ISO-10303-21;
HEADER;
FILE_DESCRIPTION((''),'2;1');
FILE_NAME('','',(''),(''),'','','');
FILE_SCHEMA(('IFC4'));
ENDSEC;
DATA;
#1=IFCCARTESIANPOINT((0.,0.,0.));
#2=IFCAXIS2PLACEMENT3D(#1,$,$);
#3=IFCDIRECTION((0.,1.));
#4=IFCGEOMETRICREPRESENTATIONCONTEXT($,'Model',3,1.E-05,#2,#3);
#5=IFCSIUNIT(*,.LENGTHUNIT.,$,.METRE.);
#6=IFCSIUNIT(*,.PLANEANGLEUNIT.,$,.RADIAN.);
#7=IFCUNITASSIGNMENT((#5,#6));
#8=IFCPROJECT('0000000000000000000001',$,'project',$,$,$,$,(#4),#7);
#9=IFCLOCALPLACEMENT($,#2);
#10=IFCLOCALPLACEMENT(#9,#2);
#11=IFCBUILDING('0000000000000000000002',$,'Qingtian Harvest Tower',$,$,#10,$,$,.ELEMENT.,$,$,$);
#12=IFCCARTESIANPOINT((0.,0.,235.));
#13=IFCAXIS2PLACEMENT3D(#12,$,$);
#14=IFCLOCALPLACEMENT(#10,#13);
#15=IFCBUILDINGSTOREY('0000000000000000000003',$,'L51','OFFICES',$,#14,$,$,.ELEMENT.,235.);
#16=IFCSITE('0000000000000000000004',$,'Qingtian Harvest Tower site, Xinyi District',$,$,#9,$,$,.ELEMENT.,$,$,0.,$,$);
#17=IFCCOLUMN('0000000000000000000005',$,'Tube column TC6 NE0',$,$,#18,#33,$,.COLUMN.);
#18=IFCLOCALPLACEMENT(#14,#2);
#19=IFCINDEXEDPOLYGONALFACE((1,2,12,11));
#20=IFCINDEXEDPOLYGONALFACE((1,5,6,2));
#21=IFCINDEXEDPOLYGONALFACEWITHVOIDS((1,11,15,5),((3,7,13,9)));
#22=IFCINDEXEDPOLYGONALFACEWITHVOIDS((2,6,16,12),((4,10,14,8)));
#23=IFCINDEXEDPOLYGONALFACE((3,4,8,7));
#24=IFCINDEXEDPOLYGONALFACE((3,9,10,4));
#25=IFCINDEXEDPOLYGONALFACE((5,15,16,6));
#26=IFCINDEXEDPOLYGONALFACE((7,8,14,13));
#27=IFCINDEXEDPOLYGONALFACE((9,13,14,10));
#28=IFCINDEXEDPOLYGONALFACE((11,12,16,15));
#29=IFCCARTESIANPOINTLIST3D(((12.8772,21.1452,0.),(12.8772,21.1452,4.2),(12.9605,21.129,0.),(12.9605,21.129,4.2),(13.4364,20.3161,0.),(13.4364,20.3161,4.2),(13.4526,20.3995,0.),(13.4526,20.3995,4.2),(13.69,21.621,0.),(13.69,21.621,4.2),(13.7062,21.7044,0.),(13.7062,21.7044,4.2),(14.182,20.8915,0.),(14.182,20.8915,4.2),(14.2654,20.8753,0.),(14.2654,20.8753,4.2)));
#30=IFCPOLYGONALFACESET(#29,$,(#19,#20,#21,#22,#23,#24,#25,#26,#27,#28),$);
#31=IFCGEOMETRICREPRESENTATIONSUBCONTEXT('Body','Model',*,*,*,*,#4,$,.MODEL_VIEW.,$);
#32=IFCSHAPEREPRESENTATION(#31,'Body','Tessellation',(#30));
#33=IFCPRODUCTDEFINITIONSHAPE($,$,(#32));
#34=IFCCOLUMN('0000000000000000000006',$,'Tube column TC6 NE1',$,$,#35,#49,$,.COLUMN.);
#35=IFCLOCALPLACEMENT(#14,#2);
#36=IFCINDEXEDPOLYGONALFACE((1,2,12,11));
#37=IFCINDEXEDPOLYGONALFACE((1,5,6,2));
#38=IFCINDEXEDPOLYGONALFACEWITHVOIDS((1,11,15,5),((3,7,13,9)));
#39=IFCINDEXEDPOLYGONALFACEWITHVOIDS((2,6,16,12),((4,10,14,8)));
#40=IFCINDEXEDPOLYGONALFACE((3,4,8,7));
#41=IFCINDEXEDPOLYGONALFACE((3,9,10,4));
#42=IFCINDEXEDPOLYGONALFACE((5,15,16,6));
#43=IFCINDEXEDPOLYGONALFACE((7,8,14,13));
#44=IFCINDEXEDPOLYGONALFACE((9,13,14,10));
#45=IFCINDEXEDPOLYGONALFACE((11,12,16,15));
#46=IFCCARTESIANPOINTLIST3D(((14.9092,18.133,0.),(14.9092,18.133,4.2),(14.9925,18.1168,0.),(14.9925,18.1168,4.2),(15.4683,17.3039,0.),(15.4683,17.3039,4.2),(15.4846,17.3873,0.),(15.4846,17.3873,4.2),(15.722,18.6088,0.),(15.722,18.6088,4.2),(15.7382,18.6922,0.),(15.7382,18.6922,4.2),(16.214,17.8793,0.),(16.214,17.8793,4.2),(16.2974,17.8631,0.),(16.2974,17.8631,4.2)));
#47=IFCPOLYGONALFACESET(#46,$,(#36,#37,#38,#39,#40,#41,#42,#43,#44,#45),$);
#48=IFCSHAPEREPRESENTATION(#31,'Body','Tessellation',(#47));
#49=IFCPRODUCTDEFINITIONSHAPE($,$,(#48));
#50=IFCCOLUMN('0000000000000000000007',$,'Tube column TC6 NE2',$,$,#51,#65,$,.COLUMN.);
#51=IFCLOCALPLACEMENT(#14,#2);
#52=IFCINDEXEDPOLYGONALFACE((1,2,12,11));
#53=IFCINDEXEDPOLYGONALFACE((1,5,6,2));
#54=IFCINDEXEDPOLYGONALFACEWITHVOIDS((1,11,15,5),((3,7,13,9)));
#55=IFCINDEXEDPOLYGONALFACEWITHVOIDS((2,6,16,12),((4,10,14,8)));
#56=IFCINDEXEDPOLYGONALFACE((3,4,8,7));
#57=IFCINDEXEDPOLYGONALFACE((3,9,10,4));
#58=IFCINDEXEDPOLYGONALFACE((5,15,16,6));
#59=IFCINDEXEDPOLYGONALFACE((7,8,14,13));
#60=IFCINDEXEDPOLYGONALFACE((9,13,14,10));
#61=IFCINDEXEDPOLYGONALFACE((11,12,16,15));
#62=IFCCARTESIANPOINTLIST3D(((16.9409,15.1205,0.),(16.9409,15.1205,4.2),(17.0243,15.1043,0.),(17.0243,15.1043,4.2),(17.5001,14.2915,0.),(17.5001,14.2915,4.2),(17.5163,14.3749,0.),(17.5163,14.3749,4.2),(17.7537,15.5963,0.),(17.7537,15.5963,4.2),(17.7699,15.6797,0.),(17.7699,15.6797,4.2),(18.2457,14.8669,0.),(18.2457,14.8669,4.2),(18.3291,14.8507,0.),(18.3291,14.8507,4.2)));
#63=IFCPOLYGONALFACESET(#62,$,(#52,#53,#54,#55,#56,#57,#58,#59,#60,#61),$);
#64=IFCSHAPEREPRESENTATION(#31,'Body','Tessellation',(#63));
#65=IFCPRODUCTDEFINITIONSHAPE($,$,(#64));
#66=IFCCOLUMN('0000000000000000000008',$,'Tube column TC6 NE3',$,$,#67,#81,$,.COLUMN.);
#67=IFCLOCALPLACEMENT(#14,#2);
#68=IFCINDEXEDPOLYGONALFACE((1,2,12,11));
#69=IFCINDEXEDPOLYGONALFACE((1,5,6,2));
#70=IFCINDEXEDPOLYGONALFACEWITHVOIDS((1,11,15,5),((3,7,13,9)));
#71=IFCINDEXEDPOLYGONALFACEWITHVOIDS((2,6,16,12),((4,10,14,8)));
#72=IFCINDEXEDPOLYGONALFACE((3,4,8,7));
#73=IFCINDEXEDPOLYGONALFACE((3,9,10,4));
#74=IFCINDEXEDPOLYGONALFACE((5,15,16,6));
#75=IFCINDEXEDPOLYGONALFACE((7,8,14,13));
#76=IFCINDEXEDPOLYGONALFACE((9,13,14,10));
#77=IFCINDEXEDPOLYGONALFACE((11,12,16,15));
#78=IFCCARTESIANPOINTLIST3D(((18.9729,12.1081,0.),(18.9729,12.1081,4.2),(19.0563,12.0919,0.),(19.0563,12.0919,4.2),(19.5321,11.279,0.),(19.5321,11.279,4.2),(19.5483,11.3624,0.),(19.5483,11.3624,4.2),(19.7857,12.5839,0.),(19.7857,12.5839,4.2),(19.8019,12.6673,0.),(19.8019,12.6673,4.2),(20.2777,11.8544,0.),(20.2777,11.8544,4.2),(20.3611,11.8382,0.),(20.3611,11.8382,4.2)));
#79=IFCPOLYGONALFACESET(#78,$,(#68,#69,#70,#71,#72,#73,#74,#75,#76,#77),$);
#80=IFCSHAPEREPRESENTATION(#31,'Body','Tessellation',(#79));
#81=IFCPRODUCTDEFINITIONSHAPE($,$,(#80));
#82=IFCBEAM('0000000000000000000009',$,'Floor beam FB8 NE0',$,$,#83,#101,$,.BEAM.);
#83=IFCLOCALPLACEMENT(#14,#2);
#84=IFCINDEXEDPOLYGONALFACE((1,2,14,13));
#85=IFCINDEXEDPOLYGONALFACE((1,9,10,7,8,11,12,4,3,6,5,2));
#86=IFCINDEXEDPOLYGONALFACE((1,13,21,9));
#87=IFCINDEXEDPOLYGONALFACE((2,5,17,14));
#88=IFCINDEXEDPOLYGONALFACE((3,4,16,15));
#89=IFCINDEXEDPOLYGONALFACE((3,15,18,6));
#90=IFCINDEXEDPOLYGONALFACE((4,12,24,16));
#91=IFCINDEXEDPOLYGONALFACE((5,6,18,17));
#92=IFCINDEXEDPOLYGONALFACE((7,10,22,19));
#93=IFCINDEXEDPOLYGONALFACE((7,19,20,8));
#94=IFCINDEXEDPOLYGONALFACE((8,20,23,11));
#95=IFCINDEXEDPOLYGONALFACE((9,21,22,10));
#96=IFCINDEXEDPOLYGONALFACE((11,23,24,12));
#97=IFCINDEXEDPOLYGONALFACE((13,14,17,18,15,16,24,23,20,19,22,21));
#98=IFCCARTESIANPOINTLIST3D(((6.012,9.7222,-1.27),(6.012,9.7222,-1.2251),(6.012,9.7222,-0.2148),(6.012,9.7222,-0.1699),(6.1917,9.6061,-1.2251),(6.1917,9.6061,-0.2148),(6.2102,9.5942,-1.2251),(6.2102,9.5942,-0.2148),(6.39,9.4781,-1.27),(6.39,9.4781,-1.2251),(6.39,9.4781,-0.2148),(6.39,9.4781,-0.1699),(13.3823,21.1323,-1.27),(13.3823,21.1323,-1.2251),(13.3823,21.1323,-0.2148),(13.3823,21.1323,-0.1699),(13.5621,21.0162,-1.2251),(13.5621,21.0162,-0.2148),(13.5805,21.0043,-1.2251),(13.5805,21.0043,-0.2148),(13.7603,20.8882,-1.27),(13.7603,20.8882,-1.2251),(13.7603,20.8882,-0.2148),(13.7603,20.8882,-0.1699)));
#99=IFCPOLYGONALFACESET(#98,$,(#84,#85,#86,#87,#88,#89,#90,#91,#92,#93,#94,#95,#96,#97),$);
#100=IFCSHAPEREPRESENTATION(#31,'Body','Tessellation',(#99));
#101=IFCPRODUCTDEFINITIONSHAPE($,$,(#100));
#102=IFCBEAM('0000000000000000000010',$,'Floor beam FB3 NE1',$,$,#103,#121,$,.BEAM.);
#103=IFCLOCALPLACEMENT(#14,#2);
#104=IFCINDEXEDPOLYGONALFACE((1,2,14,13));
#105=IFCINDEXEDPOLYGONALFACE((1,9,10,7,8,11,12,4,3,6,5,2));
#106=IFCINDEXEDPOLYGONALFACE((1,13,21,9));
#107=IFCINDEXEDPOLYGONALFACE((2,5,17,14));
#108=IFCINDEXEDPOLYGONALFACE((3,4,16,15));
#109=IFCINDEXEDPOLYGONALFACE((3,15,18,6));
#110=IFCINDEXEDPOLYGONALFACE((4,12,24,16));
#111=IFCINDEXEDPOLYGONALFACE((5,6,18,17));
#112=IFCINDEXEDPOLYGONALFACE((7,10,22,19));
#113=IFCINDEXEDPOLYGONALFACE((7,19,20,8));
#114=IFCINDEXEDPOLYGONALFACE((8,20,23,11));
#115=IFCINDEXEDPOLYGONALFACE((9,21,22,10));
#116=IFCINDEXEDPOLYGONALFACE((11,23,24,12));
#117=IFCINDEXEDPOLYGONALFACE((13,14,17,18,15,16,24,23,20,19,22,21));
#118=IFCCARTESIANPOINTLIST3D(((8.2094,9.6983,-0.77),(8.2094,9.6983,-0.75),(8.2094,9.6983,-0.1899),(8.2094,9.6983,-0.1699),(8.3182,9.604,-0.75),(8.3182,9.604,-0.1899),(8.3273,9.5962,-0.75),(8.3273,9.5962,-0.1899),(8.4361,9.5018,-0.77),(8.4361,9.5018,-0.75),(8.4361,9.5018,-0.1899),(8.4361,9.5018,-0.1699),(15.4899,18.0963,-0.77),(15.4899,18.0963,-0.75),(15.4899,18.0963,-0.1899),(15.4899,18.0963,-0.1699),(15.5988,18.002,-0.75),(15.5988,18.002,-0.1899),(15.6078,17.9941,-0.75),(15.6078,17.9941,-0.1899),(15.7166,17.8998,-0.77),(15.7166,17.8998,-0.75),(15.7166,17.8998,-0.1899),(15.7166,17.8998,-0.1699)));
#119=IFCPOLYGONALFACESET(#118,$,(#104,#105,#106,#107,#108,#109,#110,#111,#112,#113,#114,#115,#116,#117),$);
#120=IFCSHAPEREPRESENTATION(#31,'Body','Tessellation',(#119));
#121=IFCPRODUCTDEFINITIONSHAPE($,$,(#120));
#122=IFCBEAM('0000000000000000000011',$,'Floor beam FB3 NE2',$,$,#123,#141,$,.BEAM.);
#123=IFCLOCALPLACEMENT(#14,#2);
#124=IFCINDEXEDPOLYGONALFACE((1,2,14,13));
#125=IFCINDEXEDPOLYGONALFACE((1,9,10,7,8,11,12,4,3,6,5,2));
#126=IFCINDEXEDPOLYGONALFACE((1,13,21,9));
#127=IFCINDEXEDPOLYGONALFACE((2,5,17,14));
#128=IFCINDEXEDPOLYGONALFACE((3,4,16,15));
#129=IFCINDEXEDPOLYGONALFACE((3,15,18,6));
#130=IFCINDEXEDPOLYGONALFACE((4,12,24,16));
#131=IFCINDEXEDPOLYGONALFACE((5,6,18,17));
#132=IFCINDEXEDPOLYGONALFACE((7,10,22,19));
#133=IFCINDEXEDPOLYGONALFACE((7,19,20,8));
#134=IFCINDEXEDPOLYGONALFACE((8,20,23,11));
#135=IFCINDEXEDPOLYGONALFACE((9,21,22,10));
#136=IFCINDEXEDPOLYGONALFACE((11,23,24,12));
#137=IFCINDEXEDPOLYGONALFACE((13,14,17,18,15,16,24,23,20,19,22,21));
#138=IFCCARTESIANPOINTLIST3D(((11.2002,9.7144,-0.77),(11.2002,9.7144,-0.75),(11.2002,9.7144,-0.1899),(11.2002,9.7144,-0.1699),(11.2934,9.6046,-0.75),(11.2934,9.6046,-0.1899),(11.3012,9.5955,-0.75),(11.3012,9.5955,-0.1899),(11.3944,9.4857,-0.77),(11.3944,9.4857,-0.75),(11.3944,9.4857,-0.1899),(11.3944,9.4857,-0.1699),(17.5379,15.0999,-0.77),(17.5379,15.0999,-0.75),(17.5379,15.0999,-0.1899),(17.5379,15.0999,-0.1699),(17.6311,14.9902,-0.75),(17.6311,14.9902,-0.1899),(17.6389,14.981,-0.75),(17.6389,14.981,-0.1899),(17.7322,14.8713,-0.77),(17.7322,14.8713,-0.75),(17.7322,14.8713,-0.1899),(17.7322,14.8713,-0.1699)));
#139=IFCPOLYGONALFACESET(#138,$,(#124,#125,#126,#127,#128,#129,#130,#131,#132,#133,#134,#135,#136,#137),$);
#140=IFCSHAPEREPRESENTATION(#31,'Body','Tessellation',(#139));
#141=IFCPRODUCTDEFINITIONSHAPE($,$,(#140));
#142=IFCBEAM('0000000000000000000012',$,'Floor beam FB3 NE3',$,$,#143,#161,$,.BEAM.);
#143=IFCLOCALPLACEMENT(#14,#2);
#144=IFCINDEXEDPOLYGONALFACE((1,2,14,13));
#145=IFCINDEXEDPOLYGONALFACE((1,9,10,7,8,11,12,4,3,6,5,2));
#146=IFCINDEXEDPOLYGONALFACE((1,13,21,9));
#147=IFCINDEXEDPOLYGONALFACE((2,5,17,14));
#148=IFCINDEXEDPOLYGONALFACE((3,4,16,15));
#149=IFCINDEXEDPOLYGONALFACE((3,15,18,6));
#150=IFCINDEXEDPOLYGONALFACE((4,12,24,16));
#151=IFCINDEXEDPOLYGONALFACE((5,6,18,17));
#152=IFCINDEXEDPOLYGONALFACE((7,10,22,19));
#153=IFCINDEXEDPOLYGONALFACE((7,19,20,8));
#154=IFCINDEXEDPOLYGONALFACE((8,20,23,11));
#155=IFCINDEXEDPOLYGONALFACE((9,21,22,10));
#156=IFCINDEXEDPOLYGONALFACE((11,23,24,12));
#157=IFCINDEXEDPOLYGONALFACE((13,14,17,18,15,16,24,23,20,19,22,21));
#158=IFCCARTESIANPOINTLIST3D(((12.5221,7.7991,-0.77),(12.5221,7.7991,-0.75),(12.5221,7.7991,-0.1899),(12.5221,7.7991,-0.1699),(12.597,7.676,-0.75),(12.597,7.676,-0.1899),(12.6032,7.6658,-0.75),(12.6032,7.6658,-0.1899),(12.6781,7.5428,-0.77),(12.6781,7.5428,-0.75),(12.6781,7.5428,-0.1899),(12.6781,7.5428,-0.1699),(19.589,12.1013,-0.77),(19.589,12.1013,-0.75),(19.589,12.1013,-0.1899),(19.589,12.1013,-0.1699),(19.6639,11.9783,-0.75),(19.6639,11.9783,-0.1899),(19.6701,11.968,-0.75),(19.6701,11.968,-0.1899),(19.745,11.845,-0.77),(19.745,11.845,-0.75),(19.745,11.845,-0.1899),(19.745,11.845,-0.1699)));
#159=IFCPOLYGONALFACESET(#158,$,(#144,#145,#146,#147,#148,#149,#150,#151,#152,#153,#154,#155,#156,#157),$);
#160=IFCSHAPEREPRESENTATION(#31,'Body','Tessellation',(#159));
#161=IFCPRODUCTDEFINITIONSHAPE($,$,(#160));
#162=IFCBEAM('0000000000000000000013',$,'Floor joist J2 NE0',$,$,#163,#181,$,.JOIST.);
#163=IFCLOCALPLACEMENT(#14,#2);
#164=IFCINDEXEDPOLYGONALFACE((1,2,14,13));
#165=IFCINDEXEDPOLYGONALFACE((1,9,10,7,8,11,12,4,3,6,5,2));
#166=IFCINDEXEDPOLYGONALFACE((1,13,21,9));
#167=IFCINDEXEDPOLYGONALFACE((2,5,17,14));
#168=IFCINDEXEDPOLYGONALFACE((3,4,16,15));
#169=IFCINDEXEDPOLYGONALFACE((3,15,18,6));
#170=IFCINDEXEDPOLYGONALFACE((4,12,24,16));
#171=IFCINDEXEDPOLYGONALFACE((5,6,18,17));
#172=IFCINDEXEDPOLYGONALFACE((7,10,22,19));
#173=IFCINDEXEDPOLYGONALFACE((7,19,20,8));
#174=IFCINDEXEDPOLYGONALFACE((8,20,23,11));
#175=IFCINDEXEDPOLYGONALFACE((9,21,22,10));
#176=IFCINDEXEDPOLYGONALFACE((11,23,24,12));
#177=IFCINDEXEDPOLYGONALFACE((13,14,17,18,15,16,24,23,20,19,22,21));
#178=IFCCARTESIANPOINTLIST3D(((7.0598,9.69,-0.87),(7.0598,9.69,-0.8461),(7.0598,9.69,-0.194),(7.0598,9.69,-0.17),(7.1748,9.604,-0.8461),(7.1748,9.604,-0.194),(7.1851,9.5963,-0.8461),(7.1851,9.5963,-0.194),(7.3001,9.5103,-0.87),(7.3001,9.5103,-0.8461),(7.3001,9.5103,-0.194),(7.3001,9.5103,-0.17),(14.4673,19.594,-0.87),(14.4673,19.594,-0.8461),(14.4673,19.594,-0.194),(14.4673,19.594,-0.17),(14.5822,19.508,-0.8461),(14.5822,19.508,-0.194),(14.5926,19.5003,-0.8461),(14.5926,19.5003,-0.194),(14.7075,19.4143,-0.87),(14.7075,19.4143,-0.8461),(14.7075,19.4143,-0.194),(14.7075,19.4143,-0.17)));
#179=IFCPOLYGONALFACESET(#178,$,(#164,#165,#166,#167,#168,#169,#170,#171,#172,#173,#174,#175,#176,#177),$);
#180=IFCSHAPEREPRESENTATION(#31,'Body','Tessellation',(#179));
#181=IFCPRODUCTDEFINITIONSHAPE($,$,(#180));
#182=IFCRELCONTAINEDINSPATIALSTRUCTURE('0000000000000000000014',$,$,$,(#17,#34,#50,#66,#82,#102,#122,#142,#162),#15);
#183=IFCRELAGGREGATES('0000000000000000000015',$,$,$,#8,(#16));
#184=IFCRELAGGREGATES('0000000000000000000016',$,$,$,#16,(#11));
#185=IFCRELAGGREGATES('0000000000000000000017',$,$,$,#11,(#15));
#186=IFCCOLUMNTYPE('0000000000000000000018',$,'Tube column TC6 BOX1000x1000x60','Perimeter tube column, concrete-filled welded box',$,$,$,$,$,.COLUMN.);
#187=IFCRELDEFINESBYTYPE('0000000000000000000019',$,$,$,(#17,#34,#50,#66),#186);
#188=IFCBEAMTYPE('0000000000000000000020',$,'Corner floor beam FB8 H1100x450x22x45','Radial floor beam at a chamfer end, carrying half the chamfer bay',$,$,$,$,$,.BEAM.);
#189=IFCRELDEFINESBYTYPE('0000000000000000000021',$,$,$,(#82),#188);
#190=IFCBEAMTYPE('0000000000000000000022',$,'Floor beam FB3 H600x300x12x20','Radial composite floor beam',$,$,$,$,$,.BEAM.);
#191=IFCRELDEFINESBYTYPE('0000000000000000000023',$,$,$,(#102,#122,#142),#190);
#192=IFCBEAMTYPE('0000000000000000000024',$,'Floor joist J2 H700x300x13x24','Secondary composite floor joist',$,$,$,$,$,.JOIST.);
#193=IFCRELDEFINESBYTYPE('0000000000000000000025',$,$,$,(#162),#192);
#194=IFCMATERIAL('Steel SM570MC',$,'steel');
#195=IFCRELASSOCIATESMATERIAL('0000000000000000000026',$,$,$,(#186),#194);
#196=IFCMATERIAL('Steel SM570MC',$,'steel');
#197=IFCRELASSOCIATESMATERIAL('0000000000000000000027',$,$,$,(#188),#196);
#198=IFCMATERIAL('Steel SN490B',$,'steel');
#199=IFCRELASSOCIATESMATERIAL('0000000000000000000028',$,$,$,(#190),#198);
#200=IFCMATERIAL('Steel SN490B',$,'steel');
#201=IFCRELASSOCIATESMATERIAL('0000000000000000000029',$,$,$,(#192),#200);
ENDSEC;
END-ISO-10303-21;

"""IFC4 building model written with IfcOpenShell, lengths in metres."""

from ifc_helpers import new_model, si_unit, direction, frame, origin, origin_2d, place, context, subcontext, project, spatial, hollow_rectangle, i_section, extrude, material, material_profile, profile_set, type_object, element, save


model = new_model("IFC4")

# Units and contexts
model_context = context("Model", 3, precision=1e-05, world=origin(), true_north=direction((0.0, 1.0)))
body_context = subcontext(model_context, "Body", "Model", "MODEL_VIEW")
ifc_project = project(units=[si_unit("LENGTHUNIT", "METRE"), si_unit("PLANEANGLEUNIT", "RADIAN")], contexts=[model_context])

# Site, building, storey
site_placement = place(None, origin())
site = spatial("IfcSite", under=ifc_project, at=site_placement, Name="Qingtian Harvest Tower site, Xinyi District", CompositionType="ELEMENT", RefElevation=0.0)
building_placement = place(site_placement, origin())
building = spatial("IfcBuilding", under=site, at=building_placement, Name="Qingtian Harvest Tower", CompositionType="ELEMENT")
storey_placement = place(building_placement, frame((0.0, 0.0, 235.0)))
storey = spatial("IfcBuildingStorey", under=building, at=storey_placement, Name="L51", Description="OFFICES", CompositionType="ELEMENT", Elevation=235.0)

# Columns
ifc_material_1 = material(Name="Steel SM570MC", Category="steel")
ifc_material_profile_1 = material_profile(ifc_material_1, hollow_rectangle(XDim=1.0, YDim=1.0, WallThickness=0.0601, at=origin_2d()), Name="BOX1000x1000x60")
ifc_profile_set_1 = profile_set([ifc_material_profile_1], Name="Steel SM570MC")
column_type = type_object("IfcColumnType", Name="Tube column TC6 BOX1000x1000x60", Description="Perimeter tube column, concrete-filled welded box", PredefinedType="COLUMN", material=ifc_profile_set_1)
for number, where, z_axis, x_axis, name in (
    (1, (13.5713, 21.0103, 0.0), (0.0, 0.0, 1.0), (-0.559193, 0.829038, 0.0), "Tube column TC6 NE0"),
    (2, (15.6033, 17.998, 0.0), (0.0, 0.0, 1.0), (-0.559193, 0.829038, 0.0), "Tube column TC6 NE1"),
    (3, (17.635, 14.9856, 0.0), (0.0, 0.0, 1.0), (-0.559193, 0.829038, 0.0), "Tube column TC6 NE2"),
    (4, (19.667, 11.9731, 0.0), (0.0, 0.0, 1.0), (-0.559193, 0.829038, 0.0), "Tube column TC6 NE3"),
):
    element("IfcColumn", number, at=place(storey_placement, frame(where, z_axis=z_axis, x_axis=x_axis)), inside=storey, type_object=column_type, Name=name, PredefinedType="COLUMN", context=body_context, shape_type="SweptSolid", body=[
        extrude(hollow_rectangle(XDim=1.0, YDim=1.0, WallThickness=0.0601, at=origin_2d()), origin(), (0.0, 0.0, 1.0), 4.2),
    ])

# Beams
ifc_material_2 = material(Name="Steel SM570MC", Category="steel")
ifc_material_profile_2 = material_profile(ifc_material_2, i_section(OverallWidth=0.45, OverallDepth=1.1001, WebThickness=0.022, FlangeThickness=0.0449, at=origin_2d()), Name="H1100x450x22x45")
ifc_profile_set_2 = profile_set([ifc_material_profile_2], Name="Steel SM570MC")
beam_type_1 = type_object("IfcBeamType", Name="Corner floor beam FB8 H1100x450x22x45", Description="Radial floor beam at a chamfer end, carrying half the chamfer bay", PredefinedType="BEAM", material=ifc_profile_set_2)
beam_1_placement = place(storey_placement, frame((13.5713, 21.0103, -0.72), z_axis=(-0.542593, -0.839996, 0.0), x_axis=(0.839996, -0.542593, 0.0)))
element("IfcBeam", 5, at=beam_1_placement, inside=storey, type_object=beam_type_1, Name="Floor beam FB8 NE0", PredefinedType="BEAM", context=body_context, shape_type="SweptSolid", body=[
    extrude(i_section(OverallWidth=0.45, OverallDepth=1.1001, WebThickness=0.022, FlangeThickness=0.0449, at=origin_2d()), origin(), (0.0, 0.0, 1.0), 13.5835),
])
ifc_material_3 = material(Name="Steel SN490B", Category="steel")
ifc_material_profile_3 = material_profile(ifc_material_3, i_section(OverallWidth=0.3, OverallDepth=0.6001, WebThickness=0.012, FlangeThickness=0.02, at=origin_2d()), Name="H600x300x12x20")
ifc_profile_set_3 = profile_set([ifc_material_profile_3], Name="Steel SN490B")
beam_type_2 = type_object("IfcBeamType", Name="Floor beam FB3 H600x300x12x20", Description="Radial composite floor beam", PredefinedType="BEAM", material=ifc_profile_set_3)
beam_2_placement = place(storey_placement, frame((15.6033, 17.998, -0.47), z_axis=(-0.655048, -0.755587, 0.0), x_axis=(0.755587, -0.655048, 0.0)))
element("IfcBeam", 6, at=beam_2_placement, inside=storey, type_object=beam_type_2, Name="Floor beam FB3 NE1", PredefinedType="BEAM", context=body_context, shape_type="SweptSolid", body=[
    extrude(i_section(OverallWidth=0.3, OverallDepth=0.6001, WebThickness=0.012, FlangeThickness=0.02, at=origin_2d()), origin(), (0.0, 0.0, 1.0), 11.1145),
])
beam_3_placement = place(storey_placement, frame((17.635, 14.9856, -0.47), z_axis=(-0.762028, -0.647544, 0.0), x_axis=(0.647544, -0.762028, 0.0)))
element("IfcBeam", 7, at=beam_3_placement, inside=storey, type_object=beam_type_2, Name="Floor beam FB3 NE2", PredefinedType="BEAM", context=body_context, shape_type="SweptSolid", body=[
    extrude(i_section(OverallWidth=0.3, OverallDepth=0.6001, WebThickness=0.012, FlangeThickness=0.02, at=origin_2d()), origin(), (0.0, 0.0, 1.0), 8.3169),
])
beam_4_placement = place(storey_placement, frame((19.667, 11.9731, -0.47), z_axis=(-0.854163, -0.520005, 0.0), x_axis=(0.520005, -0.854163, 0.0)))
element("IfcBeam", 8, at=beam_4_placement, inside=storey, type_object=beam_type_2, Name="Floor beam FB3 NE3", PredefinedType="BEAM", context=body_context, shape_type="SweptSolid", body=[
    extrude(i_section(OverallWidth=0.3, OverallDepth=0.6001, WebThickness=0.012, FlangeThickness=0.02, at=origin_2d()), origin(), (0.0, 0.0, 1.0), 8.2734),
])
ifc_material_4 = material(Name="Steel SN490B", Category="steel")
ifc_material_profile_4 = material_profile(ifc_material_4, i_section(OverallWidth=0.3, OverallDepth=0.7, WebThickness=0.0129, FlangeThickness=0.0239, at=origin_2d()), Name="H700x300x13x24")
ifc_profile_set_4 = profile_set([ifc_material_profile_4], Name="Steel SN490B")
beam_type_3 = type_object("IfcBeamType", Name="Floor joist J2 H700x300x13x24", Description="Secondary composite floor joist", PredefinedType="JOIST", material=ifc_profile_set_4)
beam_5_placement = place(storey_placement, frame((14.5874, 19.5042, -0.52), z_axis=(-0.598935, -0.800798, 0.0), x_axis=(0.800798, -0.598935, 0.0)))
element("IfcBeam", 9, at=beam_5_placement, inside=storey, type_object=beam_type_3, Name="Floor joist J2 NE0", PredefinedType="JOIST", context=body_context, shape_type="SweptSolid", body=[
    extrude(i_section(OverallWidth=0.3, OverallDepth=0.7, WebThickness=0.0129, FlangeThickness=0.0239, at=origin_2d()), origin(), (0.0, 0.0, 1.0), 12.3677),
])

save(model, "model.ifc")
